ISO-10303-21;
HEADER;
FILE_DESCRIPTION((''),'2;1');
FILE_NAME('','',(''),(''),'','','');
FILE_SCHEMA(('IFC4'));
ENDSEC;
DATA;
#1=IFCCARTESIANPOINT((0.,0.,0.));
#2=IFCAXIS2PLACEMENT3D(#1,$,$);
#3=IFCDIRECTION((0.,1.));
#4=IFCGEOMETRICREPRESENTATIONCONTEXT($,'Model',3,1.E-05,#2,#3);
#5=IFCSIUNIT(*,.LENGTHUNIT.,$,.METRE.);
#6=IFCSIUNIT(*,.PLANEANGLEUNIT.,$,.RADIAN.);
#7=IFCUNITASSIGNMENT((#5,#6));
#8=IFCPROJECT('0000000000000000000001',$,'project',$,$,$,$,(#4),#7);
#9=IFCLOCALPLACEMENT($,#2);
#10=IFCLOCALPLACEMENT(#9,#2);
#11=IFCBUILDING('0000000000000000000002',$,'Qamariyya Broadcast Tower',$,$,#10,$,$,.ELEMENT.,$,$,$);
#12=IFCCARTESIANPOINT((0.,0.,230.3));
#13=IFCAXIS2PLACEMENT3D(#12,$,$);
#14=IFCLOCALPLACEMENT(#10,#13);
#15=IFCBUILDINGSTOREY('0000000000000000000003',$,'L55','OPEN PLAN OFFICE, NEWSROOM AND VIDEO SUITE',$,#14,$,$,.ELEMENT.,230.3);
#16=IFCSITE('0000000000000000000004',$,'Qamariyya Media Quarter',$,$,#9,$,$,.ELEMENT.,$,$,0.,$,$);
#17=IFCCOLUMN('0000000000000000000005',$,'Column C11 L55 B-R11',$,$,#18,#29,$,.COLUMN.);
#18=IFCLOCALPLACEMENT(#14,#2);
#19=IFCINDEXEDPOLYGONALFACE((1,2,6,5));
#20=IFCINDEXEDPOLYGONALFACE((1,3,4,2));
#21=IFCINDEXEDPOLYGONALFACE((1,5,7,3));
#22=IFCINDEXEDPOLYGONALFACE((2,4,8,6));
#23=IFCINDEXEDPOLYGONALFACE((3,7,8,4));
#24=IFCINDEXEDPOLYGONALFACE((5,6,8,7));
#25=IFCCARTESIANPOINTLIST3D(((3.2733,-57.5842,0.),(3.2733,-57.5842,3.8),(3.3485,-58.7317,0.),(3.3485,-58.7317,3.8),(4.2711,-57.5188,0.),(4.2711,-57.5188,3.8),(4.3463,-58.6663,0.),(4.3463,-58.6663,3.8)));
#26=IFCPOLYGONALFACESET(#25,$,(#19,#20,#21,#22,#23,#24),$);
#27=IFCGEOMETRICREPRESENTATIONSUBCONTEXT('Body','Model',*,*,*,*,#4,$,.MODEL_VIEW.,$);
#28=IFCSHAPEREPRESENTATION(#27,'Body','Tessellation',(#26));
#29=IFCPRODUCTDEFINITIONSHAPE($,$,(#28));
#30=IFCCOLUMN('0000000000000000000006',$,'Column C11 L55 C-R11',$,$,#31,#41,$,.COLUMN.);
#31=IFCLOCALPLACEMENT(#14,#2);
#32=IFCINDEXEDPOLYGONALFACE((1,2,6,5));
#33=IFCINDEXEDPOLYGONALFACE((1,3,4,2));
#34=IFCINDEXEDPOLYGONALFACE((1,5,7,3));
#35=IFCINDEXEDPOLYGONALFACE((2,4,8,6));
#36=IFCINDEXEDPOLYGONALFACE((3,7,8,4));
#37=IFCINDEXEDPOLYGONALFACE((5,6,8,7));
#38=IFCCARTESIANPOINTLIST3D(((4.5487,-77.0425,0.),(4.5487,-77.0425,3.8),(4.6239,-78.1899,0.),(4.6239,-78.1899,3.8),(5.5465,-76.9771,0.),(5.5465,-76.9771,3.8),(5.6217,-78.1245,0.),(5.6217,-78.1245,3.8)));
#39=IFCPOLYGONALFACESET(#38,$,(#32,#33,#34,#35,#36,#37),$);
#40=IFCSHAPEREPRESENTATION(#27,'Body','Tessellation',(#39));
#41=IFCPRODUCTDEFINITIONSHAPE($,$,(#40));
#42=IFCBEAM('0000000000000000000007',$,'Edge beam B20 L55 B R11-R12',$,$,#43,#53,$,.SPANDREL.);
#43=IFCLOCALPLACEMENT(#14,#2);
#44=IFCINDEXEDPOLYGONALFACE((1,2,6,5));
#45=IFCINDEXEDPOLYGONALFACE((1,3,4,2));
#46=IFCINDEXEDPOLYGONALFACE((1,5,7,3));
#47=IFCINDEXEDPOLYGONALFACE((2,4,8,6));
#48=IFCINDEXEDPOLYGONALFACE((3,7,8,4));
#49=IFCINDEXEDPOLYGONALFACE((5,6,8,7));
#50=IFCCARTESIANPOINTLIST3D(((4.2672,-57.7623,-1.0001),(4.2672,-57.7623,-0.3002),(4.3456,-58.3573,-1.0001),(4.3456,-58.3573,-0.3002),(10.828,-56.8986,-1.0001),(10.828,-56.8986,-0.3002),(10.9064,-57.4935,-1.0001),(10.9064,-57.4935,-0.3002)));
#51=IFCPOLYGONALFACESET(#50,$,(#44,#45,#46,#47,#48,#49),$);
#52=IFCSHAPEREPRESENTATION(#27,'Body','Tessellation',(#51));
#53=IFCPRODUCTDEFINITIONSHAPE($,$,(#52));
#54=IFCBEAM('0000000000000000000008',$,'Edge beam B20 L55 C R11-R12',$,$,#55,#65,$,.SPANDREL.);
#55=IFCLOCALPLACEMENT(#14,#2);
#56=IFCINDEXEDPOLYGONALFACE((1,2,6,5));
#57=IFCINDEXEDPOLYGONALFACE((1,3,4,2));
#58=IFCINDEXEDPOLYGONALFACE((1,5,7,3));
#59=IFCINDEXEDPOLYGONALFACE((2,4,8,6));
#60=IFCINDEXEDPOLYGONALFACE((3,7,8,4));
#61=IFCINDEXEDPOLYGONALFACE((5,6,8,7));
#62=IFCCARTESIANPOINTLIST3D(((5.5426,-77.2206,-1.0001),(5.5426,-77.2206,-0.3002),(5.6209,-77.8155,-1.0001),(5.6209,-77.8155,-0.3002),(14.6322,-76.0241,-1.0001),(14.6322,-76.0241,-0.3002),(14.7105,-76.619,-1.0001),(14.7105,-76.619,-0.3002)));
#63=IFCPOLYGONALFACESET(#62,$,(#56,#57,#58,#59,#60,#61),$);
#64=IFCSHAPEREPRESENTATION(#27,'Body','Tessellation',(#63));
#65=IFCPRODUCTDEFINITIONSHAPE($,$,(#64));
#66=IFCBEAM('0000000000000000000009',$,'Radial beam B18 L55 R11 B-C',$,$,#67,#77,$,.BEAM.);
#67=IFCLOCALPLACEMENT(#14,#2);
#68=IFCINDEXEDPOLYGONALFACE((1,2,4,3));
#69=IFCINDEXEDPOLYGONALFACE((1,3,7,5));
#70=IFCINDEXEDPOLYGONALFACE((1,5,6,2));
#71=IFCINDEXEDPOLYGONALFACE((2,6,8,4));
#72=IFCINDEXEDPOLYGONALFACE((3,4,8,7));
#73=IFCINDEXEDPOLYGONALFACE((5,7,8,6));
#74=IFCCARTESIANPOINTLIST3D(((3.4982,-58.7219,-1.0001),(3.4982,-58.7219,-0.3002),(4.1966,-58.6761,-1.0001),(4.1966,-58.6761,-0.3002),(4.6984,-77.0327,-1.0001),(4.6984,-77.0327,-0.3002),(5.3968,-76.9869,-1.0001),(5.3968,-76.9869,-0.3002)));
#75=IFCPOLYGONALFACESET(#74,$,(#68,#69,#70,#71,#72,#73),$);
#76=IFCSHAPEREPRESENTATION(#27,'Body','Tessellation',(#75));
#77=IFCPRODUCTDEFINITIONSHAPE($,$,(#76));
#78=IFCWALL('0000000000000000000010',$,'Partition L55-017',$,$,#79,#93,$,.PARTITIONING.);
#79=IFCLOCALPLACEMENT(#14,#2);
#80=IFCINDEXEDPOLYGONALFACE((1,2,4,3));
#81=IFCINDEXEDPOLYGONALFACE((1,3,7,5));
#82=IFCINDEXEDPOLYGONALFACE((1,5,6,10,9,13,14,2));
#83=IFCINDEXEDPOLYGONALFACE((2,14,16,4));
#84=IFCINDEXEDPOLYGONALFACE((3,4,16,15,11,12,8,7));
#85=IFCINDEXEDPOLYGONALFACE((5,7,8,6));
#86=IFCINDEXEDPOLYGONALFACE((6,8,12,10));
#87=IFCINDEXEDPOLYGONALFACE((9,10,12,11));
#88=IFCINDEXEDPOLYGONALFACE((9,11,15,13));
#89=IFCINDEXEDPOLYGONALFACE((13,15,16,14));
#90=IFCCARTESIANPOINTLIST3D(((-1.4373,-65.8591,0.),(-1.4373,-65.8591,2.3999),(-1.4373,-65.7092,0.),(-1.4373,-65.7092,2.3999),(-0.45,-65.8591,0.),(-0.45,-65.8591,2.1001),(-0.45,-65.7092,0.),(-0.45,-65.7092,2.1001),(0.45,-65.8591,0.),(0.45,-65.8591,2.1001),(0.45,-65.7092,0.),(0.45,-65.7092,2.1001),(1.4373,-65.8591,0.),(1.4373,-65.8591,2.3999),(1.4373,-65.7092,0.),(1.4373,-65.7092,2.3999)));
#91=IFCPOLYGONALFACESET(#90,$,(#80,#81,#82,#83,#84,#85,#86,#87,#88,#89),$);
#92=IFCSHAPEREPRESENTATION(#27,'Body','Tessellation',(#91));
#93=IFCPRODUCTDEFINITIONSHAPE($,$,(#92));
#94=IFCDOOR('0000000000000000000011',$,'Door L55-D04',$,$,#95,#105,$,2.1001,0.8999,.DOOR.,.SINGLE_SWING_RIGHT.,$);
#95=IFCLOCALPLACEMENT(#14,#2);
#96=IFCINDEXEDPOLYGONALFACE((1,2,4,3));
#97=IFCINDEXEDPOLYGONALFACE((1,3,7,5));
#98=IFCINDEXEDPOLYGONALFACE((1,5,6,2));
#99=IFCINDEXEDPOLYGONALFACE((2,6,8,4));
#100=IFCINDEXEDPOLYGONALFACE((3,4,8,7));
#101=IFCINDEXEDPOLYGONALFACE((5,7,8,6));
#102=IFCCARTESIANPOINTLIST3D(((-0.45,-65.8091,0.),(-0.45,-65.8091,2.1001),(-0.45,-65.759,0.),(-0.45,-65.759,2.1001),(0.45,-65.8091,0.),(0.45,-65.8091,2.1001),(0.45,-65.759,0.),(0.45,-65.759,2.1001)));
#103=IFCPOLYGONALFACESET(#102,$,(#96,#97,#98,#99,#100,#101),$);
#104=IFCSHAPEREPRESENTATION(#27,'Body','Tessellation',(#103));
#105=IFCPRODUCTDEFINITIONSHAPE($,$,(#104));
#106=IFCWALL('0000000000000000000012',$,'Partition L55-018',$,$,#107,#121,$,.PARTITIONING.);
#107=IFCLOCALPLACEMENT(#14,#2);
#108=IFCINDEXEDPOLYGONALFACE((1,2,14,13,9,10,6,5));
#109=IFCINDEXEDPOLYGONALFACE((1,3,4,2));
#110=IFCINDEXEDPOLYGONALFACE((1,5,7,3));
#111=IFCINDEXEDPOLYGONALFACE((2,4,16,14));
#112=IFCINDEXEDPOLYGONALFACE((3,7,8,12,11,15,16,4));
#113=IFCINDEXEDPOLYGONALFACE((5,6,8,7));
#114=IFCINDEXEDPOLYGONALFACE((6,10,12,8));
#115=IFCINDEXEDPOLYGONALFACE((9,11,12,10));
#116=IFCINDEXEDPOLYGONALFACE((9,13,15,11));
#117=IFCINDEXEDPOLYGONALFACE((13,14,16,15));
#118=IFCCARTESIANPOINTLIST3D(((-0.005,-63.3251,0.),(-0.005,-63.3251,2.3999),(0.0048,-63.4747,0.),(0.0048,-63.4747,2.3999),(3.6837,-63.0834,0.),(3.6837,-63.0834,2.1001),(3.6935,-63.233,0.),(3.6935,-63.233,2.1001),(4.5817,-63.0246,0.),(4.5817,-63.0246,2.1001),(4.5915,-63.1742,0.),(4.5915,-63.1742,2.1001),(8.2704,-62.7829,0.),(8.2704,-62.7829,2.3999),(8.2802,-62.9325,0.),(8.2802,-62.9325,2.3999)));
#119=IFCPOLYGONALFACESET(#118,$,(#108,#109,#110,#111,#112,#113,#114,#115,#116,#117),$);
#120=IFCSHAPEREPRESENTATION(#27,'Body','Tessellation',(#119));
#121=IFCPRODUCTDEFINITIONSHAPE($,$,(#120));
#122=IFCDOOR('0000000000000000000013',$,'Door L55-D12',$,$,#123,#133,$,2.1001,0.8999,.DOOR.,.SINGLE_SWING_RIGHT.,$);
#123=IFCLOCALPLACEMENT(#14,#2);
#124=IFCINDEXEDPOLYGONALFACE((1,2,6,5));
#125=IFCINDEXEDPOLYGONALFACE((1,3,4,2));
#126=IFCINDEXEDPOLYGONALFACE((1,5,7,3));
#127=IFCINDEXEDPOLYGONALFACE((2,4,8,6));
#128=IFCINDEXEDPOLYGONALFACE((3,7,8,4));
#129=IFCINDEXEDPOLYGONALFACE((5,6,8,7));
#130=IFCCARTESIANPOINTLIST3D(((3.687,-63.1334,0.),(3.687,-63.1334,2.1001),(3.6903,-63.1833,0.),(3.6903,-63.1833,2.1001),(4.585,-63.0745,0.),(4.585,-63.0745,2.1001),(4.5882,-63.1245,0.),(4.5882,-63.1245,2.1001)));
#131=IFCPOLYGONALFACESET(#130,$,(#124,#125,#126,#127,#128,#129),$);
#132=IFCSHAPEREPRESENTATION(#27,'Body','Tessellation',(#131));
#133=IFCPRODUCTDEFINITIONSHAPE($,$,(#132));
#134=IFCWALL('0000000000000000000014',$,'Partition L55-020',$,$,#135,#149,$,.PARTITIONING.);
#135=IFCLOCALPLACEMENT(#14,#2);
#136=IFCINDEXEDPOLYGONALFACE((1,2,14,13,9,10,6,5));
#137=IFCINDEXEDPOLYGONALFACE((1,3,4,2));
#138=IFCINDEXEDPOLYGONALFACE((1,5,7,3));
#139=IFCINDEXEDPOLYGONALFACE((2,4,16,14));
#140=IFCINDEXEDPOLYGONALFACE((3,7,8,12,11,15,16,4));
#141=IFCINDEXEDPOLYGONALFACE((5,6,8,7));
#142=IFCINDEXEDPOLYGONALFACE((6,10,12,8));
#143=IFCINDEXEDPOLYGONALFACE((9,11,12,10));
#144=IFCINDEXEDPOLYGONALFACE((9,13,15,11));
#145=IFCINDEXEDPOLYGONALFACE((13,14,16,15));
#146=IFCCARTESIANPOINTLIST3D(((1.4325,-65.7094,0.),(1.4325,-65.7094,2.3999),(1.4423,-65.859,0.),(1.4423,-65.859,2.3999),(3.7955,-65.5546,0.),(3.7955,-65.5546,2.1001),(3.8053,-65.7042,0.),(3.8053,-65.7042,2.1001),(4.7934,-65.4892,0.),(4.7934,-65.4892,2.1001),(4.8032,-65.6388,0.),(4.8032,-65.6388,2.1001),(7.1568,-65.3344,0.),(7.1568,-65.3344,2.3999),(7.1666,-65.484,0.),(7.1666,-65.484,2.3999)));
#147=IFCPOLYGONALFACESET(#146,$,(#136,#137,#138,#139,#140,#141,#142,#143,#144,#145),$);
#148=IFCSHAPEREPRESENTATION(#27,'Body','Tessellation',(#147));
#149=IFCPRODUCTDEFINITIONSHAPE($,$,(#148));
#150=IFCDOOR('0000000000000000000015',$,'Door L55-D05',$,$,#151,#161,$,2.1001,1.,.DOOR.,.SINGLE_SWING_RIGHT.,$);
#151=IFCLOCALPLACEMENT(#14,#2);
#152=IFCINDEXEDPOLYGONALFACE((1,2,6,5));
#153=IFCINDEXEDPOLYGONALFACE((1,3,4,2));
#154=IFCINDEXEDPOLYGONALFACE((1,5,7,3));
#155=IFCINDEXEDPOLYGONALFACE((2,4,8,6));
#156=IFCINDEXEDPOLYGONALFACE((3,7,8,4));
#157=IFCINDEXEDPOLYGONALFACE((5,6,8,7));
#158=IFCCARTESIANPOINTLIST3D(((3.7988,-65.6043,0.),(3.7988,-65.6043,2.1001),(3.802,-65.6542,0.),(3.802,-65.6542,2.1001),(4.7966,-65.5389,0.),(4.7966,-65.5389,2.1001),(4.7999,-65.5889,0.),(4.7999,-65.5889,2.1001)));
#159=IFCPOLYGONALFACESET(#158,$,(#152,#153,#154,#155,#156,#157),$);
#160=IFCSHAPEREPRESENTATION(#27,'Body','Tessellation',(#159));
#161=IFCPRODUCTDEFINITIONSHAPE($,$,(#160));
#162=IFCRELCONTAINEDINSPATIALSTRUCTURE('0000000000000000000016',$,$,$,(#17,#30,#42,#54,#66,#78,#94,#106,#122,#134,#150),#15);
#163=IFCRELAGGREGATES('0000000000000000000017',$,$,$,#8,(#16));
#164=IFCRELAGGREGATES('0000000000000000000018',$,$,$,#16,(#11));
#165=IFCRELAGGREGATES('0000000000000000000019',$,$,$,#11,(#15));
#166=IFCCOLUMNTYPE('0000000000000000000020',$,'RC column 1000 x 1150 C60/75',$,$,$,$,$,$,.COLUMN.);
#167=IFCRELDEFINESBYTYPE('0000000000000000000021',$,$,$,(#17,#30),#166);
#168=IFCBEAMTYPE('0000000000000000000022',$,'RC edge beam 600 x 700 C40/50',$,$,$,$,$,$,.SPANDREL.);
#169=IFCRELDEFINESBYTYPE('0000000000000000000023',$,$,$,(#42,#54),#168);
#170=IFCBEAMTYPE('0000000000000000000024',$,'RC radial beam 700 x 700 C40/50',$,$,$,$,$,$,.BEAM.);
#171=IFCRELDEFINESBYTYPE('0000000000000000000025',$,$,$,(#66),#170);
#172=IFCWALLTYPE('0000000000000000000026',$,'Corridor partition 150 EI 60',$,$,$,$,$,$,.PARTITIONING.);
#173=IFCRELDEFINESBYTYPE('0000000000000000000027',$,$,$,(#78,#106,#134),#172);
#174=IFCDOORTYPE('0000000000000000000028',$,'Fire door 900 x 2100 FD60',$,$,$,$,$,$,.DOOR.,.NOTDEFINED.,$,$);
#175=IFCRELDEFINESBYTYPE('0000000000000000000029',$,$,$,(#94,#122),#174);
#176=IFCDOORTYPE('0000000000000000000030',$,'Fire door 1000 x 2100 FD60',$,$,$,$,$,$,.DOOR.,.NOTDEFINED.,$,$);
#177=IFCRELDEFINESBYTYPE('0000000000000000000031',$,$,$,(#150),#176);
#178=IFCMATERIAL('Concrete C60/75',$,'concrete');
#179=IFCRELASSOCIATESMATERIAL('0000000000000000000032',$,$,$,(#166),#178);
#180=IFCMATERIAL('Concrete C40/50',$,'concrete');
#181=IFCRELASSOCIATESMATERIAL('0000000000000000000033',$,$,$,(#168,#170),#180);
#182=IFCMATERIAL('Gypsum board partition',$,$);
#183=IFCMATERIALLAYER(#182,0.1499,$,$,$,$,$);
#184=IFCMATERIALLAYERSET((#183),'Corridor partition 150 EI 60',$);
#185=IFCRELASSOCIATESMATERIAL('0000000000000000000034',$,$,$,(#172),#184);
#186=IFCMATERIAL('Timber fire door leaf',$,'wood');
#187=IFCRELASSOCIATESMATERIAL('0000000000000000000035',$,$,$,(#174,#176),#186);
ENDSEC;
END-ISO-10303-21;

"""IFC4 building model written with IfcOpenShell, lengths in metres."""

from ifc_helpers import new_model, si_unit, direction, frame, frame_2d, origin, origin_2d, place, context, subcontext, project, spatial, rectangle, extrude, material, layer, layer_set, material_profile, profile_set, type_object, element, fill, save


model = new_model("IFC4")

# Units and contexts
model_context = context("Model", 3, precision=1e-05, world=origin(), true_north=direction((0.0, 1.0)))
body_context = subcontext(model_context, "Body", "Model", "MODEL_VIEW")
ifc_project = project(units=[si_unit("LENGTHUNIT", "METRE"), si_unit("PLANEANGLEUNIT", "RADIAN")], contexts=[model_context])

# Site, building, storey
site_placement = place(None, origin())
site = spatial("IfcSite", under=ifc_project, at=site_placement, Name="Qamariyya Media Quarter", CompositionType="ELEMENT", RefElevation=0.0)
building_placement = place(site_placement, origin())
building = spatial("IfcBuilding", under=site, at=building_placement, Name="Qamariyya Broadcast Tower", CompositionType="ELEMENT")
storey_placement = place(building_placement, frame((0.0, 0.0, 230.3)))
storey = spatial("IfcBuildingStorey", under=building, at=storey_placement, Name="L55", Description="OPEN PLAN OFFICE, NEWSROOM AND VIDEO SUITE", CompositionType="ELEMENT", Elevation=230.3)

# Columns
ifc_material_1 = material(Name="Concrete C60/75", Category="concrete")
ifc_material_profile_1 = material_profile(ifc_material_1, rectangle(XDim=1.0, YDim=1.1499, at=origin_2d()))
ifc_profile_set_1 = profile_set([ifc_material_profile_1], Name="Concrete C60/75")
column_type = type_object("IfcColumnType", Name="RC column 1000 x 1150 C60/75", PredefinedType="COLUMN", material=ifc_profile_set_1)
for number, where, z_axis, x_axis, name in (
    (1, (3.8098, -58.1252, 0.0), (0.0, 0.0, 1.0), (0.997859, 0.065403, 0.0), "Column C11 L55 B-R11"),
    (2, (5.0852, -77.5835, 0.0), (0.0, 0.0, 1.0), (0.997859, 0.065403, 0.0), "Column C11 L55 C-R11"),
):
    element("IfcColumn", number, at=place(storey_placement, frame(where, z_axis=z_axis, x_axis=x_axis)), inside=storey, type_object=column_type, Name=name, PredefinedType="COLUMN", context=body_context, shape_type="SweptSolid", body=[
        extrude(rectangle(XDim=1.0, YDim=1.1499, at=origin_2d()), origin(), (0.0, 0.0, 1.0), 3.8),
    ])

# Beams
ifc_material_2 = material(Name="Concrete C40/50", Category="concrete")
ifc_material_profile_2 = material_profile(ifc_material_2, rectangle(XDim=0.6001, YDim=0.7, at=origin_2d()))
ifc_profile_set_2 = profile_set([ifc_material_profile_2], Name="Concrete C40/50")
beam_type_1 = type_object("IfcBeamType", Name="RC edge beam 600 x 700 C40/50", PredefinedType="SPANDREL", material=ifc_profile_set_2)
beam_1_placement = place(storey_placement, frame((4.3064, -58.0598, -0.6501), z_axis=(0.991444, 0.13053, 0.0), x_axis=(-0.13053, 0.991444, 0.0)))
element("IfcBeam", 3, at=beam_1_placement, inside=storey, type_object=beam_type_1, Name="Edge beam B20 L55 B R11-R12", PredefinedType="SPANDREL", context=body_context, shape_type="SweptSolid", body=[
    extrude(rectangle(XDim=0.6001, YDim=0.7, at=origin_2d()), origin(), (0.0, 0.0, 1.0), 6.6174),
])
beam_2_placement = place(storey_placement, frame((5.5818, -77.5181, -0.6501), z_axis=(0.991447, 0.130512, 0.0), x_axis=(-0.130512, 0.991447, 0.0)))
element("IfcBeam", 4, at=beam_2_placement, inside=storey, type_object=beam_type_1, Name="Edge beam B20 L55 C R11-R12", PredefinedType="SPANDREL", context=body_context, shape_type="SweptSolid", body=[
    extrude(rectangle(XDim=0.6001, YDim=0.7, at=origin_2d()), origin(), (0.0, 0.0, 1.0), 9.168),
])
ifc_material_profile_3 = material_profile(ifc_material_2, rectangle(XDim=0.7, YDim=0.7, at=origin_2d()))
ifc_profile_set_3 = profile_set([ifc_material_profile_3], Name="Concrete C40/50")
beam_type_2 = type_object("IfcBeamType", Name="RC radial beam 700 x 700 C40/50", PredefinedType="BEAM", material=ifc_profile_set_3)
beam_3_placement = place(storey_placement, frame((3.8474, -58.699, -0.6501), z_axis=(0.065405, -0.997859, 0.0), x_axis=(0.997859, 0.065405, 0.0)))
element("IfcBeam", 5, at=beam_3_placement, inside=storey, type_object=beam_type_2, Name="Radial beam B18 L55 R11 B-C", PredefinedType="BEAM", context=body_context, shape_type="SweptSolid", body=[
    extrude(rectangle(XDim=0.7, YDim=0.7, at=origin_2d()), origin(), (0.0, 0.0, 1.0), 18.3501),
])

# Walls, openings, doors
ifc_material_3 = material(Name="Gypsum board partition")
ifc_layer_1 = layer(ifc_material_3, 0.1499)
ifc_layer_set_1 = layer_set([ifc_layer_1], Name="Corridor partition 150 EI 60")
wall_type_1 = type_object("IfcWallType", Name="Corridor partition 150 EI 60", PredefinedType="PARTITIONING", material=ifc_layer_set_1)
wall_1_placement = place(storey_placement, frame((1.4373, -65.7842, 0.0), z_axis=(0.0, 0.0, 1.0), x_axis=(-1.0, 0.0, 0.0)))
wall_1 = element("IfcWall", 6, at=wall_1_placement, inside=storey, type_object=wall_type_1, Name="Partition L55-017", PredefinedType="PARTITIONING", context=body_context, shape_type="SweptSolid", body=[
    extrude(rectangle(XDim=2.8745, YDim=0.1499, at=frame_2d((1.4373, 0.0))), origin(), (0.0, 0.0, 1.0), 2.3999),
])
opening_1_placement = place(wall_1_placement, frame((0.9873, 0.0, 0.0)))
opening_1 = element("IfcOpeningElement", 7, at=opening_1_placement, cuts=wall_1, PredefinedType="OPENING", context=body_context, shape_type="SweptSolid", body=[
    extrude(rectangle(XDim=0.8999, YDim=2.1001, at=frame_2d((0.45, 1.05))), frame((0.0, 0.085, 0.0), z_axis=(0.0, -1.0, 0.0), x_axis=(1.0, 0.0, 0.0)), (0.0, 0.0, 1.0), 0.1699),
])
ifc_material_4 = material(Name="Timber fire door leaf", Category="wood")
door_type_1 = type_object("IfcDoorType", Name="Fire door 900 x 2100 FD60", OperationType="NOTDEFINED", PredefinedType="DOOR", material=ifc_material_4)
door_1_placement = place(opening_1_placement, origin())
door_1 = element("IfcDoor", 8, at=door_1_placement, inside=storey, type_object=door_type_1, Name="Door L55-D04", OperationType="SINGLE_SWING_RIGHT", OverallHeight=2.1001, OverallWidth=0.8999, PredefinedType="DOOR", context=body_context, shape_type="SweptSolid", body=[
    extrude(rectangle(XDim=0.8999, YDim=2.1001, at=frame_2d((0.45, 1.05))), frame((0.0, 0.0249, 0.0), z_axis=(0.0, -1.0, 0.0), x_axis=(1.0, 0.0, 0.0)), (0.0, 0.0, 1.0), 0.05),
])
fill(opening_1, door_1)
wall_2_placement = place(storey_placement, frame((0.0, -63.3999, 0.0), z_axis=(0.0, 0.0, 1.0), x_axis=(0.99786, 0.065384, 0.0)))
wall_2 = element("IfcWall", 9, at=wall_2_placement, inside=storey, type_object=wall_type_1, Name="Partition L55-018", PredefinedType="PARTITIONING", context=body_context, shape_type="SweptSolid", body=[
    extrude(rectangle(XDim=8.2932, YDim=0.1499, at=frame_2d((4.1465, 0.0))), origin(), (0.0, 0.0, 1.0), 2.3999),
])
opening_2_placement = place(wall_2_placement, frame((3.6965, 0.0, 0.0)))
opening_2 = element("IfcOpeningElement", 10, at=opening_2_placement, cuts=wall_2, PredefinedType="OPENING", context=body_context, shape_type="SweptSolid", body=[
    extrude(rectangle(XDim=0.8999, YDim=2.1001, at=frame_2d((0.45, 1.05))), frame((0.0, 0.085, 0.0), z_axis=(0.0, -1.0, 0.0), x_axis=(1.0, 0.0, 0.0)), (0.0, 0.0, 1.0), 0.1699),
])
door_2_placement = place(opening_2_placement, origin())
door_2 = element("IfcDoor", 11, at=door_2_placement, inside=storey, type_object=door_type_1, Name="Door L55-D12", OperationType="SINGLE_SWING_RIGHT", OverallHeight=2.1001, OverallWidth=0.8999, PredefinedType="DOOR", context=body_context, shape_type="SweptSolid", body=[
    extrude(rectangle(XDim=0.8999, YDim=2.1001, at=frame_2d((0.45, 1.05))), frame((0.0, 0.0249, 0.0), z_axis=(0.0, -1.0, 0.0), x_axis=(1.0, 0.0, 0.0)), (0.0, 0.0, 1.0), 0.05),
])
fill(opening_2, door_2)
wall_3_placement = place(storey_placement, frame((7.1616, -65.4092, 0.0), z_axis=(0.0, 0.0, 1.0), x_axis=(-0.997861, -0.065369, 0.0)))
wall_3 = element("IfcWall", 12, at=wall_3_placement, inside=storey, type_object=wall_type_1, Name="Partition L55-020", PredefinedType="PARTITIONING", context=body_context, shape_type="SweptSolid", body=[
    extrude(rectangle(XDim=5.7366, YDim=0.1499, at=frame_2d((2.8682, 0.0))), origin(), (0.0, 0.0, 1.0), 2.3999),
])
opening_3_placement = place(wall_3_placement, frame((2.3684, 0.0, 0.0)))
opening_3 = element("IfcOpeningElement", 13, at=opening_3_placement, cuts=wall_3, PredefinedType="OPENING", context=body_context, shape_type="SweptSolid", body=[
    extrude(rectangle(XDim=1.0, YDim=2.1001, at=frame_2d((0.5, 1.05))), frame((0.0, 0.085, 0.0), z_axis=(0.0, -1.0, 0.0), x_axis=(1.0, 0.0, 0.0)), (0.0, 0.0, 1.0), 0.1699),
])
door_type_2 = type_object("IfcDoorType", Name="Fire door 1000 x 2100 FD60", OperationType="NOTDEFINED", PredefinedType="DOOR", material=ifc_material_4)
door_3_placement = place(opening_3_placement, origin())
door_3 = element("IfcDoor", 14, at=door_3_placement, inside=storey, type_object=door_type_2, Name="Door L55-D05", OperationType="SINGLE_SWING_RIGHT", OverallHeight=2.1001, OverallWidth=1.0, PredefinedType="DOOR", context=body_context, shape_type="SweptSolid", body=[
    extrude(rectangle(XDim=1.0, YDim=2.1001, at=frame_2d((0.5, 1.05))), frame((0.0, 0.0249, 0.0), z_axis=(0.0, -1.0, 0.0), x_axis=(1.0, 0.0, 0.0)), (0.0, 0.0, 1.0), 0.05),
])
fill(opening_3, door_3)

save(model, "model.ifc")
